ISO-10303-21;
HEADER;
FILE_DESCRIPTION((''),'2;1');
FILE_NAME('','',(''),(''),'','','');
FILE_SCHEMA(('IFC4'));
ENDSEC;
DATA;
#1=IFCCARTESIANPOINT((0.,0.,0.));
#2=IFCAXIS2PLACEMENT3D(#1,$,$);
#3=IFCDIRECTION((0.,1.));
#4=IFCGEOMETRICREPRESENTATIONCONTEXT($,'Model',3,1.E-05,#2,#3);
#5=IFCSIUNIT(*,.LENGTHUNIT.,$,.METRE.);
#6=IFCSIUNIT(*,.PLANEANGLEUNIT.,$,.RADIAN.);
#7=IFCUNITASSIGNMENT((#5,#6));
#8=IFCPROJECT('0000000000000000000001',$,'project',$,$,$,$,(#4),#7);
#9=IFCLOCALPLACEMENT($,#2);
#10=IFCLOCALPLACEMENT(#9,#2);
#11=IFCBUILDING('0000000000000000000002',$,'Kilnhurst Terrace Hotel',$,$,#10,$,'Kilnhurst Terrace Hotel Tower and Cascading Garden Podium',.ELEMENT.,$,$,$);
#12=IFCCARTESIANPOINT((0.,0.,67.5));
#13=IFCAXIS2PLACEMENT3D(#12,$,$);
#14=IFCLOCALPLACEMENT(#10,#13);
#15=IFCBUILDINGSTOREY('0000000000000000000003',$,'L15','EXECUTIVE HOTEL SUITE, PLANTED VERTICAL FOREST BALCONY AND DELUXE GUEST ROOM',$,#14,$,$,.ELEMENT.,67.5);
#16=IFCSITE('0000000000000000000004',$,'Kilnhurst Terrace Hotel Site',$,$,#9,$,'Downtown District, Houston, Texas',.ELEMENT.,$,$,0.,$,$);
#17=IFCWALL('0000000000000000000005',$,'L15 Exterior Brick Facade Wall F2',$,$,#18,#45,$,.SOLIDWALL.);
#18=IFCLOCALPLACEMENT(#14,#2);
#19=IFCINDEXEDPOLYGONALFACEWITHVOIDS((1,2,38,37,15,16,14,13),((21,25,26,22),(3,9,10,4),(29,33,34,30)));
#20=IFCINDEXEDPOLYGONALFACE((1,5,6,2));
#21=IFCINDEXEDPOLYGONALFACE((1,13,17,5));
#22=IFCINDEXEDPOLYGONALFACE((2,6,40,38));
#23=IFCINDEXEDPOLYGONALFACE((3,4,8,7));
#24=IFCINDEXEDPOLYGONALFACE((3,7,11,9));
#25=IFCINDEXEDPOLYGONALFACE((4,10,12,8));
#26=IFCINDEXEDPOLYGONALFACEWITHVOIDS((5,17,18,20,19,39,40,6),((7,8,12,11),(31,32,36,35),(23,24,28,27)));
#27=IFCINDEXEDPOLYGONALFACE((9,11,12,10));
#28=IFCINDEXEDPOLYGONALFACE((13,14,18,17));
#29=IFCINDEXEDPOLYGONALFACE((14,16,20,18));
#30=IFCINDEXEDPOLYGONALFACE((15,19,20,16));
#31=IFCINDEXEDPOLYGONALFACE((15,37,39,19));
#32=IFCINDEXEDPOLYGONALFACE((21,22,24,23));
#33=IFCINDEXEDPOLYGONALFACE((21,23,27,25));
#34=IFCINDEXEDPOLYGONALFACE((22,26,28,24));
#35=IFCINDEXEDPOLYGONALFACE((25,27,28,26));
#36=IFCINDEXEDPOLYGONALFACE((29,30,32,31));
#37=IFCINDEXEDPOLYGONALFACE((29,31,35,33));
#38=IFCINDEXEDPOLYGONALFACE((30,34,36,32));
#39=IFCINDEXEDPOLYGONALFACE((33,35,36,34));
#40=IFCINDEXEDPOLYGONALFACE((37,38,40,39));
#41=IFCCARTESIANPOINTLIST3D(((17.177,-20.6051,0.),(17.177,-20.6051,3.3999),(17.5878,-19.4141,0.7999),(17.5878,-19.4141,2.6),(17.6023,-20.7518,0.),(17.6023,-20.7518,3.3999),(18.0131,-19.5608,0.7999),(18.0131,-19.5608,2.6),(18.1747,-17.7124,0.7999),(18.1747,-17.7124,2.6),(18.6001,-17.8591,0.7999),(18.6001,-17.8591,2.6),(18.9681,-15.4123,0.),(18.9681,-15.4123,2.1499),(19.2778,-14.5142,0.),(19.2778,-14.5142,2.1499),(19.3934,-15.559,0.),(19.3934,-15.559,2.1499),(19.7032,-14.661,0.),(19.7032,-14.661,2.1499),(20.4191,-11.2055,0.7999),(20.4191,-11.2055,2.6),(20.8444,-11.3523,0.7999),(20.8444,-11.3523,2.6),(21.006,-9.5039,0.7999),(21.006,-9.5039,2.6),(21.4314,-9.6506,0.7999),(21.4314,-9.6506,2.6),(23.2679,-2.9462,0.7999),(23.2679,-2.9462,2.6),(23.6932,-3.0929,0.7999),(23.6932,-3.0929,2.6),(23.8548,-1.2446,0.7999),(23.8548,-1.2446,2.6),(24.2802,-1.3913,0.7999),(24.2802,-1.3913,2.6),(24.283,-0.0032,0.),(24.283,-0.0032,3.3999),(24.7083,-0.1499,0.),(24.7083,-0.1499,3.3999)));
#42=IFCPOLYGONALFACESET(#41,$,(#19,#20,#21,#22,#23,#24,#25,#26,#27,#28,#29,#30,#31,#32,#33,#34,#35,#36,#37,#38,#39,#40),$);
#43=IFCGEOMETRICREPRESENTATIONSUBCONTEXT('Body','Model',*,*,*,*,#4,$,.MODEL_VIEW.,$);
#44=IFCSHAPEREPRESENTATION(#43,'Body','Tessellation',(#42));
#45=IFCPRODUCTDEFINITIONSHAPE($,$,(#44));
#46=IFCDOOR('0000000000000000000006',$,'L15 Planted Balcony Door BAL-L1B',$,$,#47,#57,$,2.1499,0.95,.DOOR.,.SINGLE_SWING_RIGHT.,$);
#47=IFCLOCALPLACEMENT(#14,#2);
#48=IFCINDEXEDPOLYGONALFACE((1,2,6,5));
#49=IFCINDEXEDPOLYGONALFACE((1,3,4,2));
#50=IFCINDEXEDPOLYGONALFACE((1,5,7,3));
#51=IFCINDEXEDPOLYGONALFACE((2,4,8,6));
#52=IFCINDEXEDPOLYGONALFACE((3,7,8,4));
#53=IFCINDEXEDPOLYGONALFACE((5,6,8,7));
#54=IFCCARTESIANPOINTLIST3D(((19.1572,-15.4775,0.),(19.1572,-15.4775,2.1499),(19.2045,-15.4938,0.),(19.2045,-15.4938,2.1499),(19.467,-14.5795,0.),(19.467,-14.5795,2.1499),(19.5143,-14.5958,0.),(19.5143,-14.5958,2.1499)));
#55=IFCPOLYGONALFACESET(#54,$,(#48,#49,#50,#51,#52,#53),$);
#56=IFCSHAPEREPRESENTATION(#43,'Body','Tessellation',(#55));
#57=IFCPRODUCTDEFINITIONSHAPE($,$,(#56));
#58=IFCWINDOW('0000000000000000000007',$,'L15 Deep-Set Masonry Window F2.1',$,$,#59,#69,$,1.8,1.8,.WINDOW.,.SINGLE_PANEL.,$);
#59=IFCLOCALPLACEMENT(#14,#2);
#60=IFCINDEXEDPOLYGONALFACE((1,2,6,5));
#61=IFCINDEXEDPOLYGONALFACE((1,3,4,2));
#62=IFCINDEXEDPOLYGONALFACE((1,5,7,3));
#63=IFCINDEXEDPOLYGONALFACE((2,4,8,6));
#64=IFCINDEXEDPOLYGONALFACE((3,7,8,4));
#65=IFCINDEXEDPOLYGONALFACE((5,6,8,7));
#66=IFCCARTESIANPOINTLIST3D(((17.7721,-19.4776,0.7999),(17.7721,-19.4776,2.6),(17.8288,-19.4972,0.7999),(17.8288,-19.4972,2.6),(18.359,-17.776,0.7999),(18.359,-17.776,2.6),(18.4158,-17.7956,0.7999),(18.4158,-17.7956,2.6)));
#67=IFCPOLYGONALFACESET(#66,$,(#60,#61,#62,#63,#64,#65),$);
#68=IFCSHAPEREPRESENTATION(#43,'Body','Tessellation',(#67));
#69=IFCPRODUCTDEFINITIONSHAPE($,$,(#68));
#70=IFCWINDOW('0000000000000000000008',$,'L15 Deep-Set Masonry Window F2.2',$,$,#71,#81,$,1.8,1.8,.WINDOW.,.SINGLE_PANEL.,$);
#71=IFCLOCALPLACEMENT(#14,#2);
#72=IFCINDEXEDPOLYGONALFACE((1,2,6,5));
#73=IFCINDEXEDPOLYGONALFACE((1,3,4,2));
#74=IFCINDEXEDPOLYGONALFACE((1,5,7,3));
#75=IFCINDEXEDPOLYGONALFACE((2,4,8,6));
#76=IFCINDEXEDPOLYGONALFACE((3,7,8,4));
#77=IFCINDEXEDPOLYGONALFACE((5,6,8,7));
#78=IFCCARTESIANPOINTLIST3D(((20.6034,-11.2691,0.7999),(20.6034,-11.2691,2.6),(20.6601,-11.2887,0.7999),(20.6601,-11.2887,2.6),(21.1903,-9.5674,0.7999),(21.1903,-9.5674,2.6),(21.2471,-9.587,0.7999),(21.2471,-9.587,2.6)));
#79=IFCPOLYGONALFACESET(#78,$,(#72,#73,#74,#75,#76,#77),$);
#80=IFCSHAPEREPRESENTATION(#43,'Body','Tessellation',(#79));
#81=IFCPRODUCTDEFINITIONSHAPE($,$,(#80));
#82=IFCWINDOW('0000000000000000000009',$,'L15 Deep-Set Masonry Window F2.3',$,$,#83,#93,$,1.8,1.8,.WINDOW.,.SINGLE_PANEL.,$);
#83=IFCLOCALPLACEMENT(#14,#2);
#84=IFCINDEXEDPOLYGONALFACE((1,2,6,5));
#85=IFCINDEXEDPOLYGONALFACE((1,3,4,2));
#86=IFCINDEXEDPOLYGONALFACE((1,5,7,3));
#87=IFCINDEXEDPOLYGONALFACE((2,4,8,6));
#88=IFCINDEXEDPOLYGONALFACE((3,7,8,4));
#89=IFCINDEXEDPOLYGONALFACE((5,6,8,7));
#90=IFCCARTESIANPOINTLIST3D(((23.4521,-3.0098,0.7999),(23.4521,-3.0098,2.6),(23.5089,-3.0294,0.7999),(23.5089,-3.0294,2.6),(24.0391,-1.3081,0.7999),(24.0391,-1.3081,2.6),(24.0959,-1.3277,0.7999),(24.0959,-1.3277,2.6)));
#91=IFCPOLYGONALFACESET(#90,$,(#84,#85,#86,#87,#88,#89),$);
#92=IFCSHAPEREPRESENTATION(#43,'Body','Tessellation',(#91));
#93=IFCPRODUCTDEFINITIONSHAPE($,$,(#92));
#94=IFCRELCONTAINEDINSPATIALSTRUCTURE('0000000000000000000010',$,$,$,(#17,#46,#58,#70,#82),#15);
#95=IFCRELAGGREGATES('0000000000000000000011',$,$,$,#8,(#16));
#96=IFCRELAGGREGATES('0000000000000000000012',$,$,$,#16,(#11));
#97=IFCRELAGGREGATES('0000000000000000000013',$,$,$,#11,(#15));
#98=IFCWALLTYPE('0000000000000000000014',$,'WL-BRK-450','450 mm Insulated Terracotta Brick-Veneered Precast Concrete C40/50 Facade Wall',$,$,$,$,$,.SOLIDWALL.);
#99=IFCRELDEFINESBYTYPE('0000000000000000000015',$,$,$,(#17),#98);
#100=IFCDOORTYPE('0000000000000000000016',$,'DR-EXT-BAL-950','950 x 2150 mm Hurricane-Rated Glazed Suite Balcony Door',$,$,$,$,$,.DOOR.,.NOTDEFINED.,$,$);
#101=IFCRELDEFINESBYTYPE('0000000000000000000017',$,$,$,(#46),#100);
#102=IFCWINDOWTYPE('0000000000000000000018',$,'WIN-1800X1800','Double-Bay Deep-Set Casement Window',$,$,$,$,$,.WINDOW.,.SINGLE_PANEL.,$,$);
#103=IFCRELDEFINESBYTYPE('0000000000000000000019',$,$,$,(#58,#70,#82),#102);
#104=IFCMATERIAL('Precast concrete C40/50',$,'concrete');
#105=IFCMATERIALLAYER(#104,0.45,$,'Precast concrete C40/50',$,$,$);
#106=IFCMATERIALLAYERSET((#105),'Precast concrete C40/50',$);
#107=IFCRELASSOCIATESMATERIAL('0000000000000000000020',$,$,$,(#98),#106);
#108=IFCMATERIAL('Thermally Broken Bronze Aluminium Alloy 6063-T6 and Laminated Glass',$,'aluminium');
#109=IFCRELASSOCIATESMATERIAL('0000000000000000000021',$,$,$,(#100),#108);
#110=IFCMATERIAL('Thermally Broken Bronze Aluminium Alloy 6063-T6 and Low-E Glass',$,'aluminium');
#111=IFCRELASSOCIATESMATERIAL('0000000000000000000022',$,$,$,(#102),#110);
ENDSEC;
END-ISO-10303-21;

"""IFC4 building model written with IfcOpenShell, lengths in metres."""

from ifc_helpers import new_model, si_unit, direction, frame, frame_2d, origin, place, context, subcontext, project, spatial, rectangle, extrude, material, layer, layer_set, type_object, element, fill, save


model = new_model("IFC4")

# Units and contexts
model_context = context("Model", 3, precision=1e-05, world=origin(), true_north=direction((0.0, 1.0)))
body_context = subcontext(model_context, "Body", "Model", "MODEL_VIEW")
ifc_project = project(units=[si_unit("LENGTHUNIT", "METRE"), si_unit("PLANEANGLEUNIT", "RADIAN")], contexts=[model_context])

# Site, building, storey
site_placement = place(None, origin())
site = spatial("IfcSite", under=ifc_project, at=site_placement, Name="Kilnhurst Terrace Hotel Site", LongName="Downtown District, Houston, Texas", CompositionType="ELEMENT", RefElevation=0.0)
building_placement = place(site_placement, origin())
building = spatial("IfcBuilding", under=site, at=building_placement, Name="Kilnhurst Terrace Hotel", LongName="Kilnhurst Terrace Hotel Tower and Cascading Garden Podium", CompositionType="ELEMENT")
storey_placement = place(building_placement, frame((0.0, 0.0, 67.5)))
storey = spatial("IfcBuildingStorey", under=building, at=storey_placement, Name="L15", Description="EXECUTIVE HOTEL SUITE, PLANTED VERTICAL FOREST BALCONY AND DELUXE GUEST ROOM", CompositionType="ELEMENT", Elevation=67.5)

# Shared definitions
ifc_material_1 = material(Name="Precast concrete C40/50", Category="concrete")
ifc_layer_1 = layer(ifc_material_1, 0.45, Name="Precast concrete C40/50")
ifc_layer_set_1 = layer_set([ifc_layer_1], Name="Precast concrete C40/50")
wall_type_1 = type_object("IfcWallType", Name="WL-BRK-450", Description="450 mm Insulated Terracotta Brick-Veneered Precast Concrete C40/50 Facade Wall", PredefinedType="SOLIDWALL", material=ifc_layer_set_1)

# Wall, openings, door, windows
wall_1_placement = place(storey_placement, frame((17.3896, -20.6785, 0.0), z_axis=(0.0, 0.0, 1.0), x_axis=(0.326068, 0.945346, 0.0)))
wall_1 = element("IfcWall", 1, at=wall_1_placement, inside=storey, type_object=wall_type_1, Name="L15 Exterior Brick Facade Wall F2", PredefinedType="SOLIDWALL", context=body_context, shape_type="SweptSolid", body=[
    extrude(rectangle(XDim=21.793, YDim=0.45, at=frame_2d((10.8965, 0.0))), origin(), (0.0, 0.0, 1.0), 3.3999),
])
opening_1_placement = place(wall_1_placement, frame((5.4929, 0.0, 0.0)))
opening_1 = element("IfcOpeningElement", 2, at=opening_1_placement, cuts=wall_1, PredefinedType="OPENING", context=body_context, shape_type="SweptSolid", body=[
    extrude(rectangle(XDim=0.95, YDim=2.1499, at=frame_2d((0.4751, 1.075))), frame((0.0, 0.2349, 0.0), z_axis=(0.0, -1.0, 0.0), x_axis=(1.0, 0.0, 0.0)), (0.0, 0.0, 1.0), 0.47),
])
opening_2_placement = place(wall_1_placement, frame((1.26, 0.0, 0.8)))
opening_2 = element("IfcOpeningElement", 3, at=opening_2_placement, cuts=wall_1, PredefinedType="OPENING", context=body_context, shape_type="SweptSolid", body=[
    extrude(rectangle(XDim=1.8, YDim=1.8, at=frame_2d((0.8999, 0.8999))), frame((0.0, 0.2349, 0.0), z_axis=(0.0, -1.0, 0.0), x_axis=(1.0, 0.0, 0.0)), (0.0, 0.0, 1.0), 0.47),
])
opening_3_placement = place(wall_1_placement, frame((9.9431, 0.0, 0.8)))
opening_3 = element("IfcOpeningElement", 4, at=opening_3_placement, cuts=wall_1, PredefinedType="OPENING", context=body_context, shape_type="SweptSolid", body=[
    extrude(rectangle(XDim=1.8, YDim=1.8, at=frame_2d((0.8999, 0.8999))), frame((0.0, 0.2349, 0.0), z_axis=(0.0, -1.0, 0.0), x_axis=(1.0, 0.0, 0.0)), (0.0, 0.0, 1.0), 0.47),
])
opening_4_placement = place(wall_1_placement, frame((18.6799, 0.0, 0.8)))
opening_4 = element("IfcOpeningElement", 5, at=opening_4_placement, cuts=wall_1, PredefinedType="OPENING", context=body_context, shape_type="SweptSolid", body=[
    extrude(rectangle(XDim=1.8, YDim=1.8, at=frame_2d((0.8999, 0.8999))), frame((0.0, 0.2349, 0.0), z_axis=(0.0, -1.0, 0.0), x_axis=(1.0, 0.0, 0.0)), (0.0, 0.0, 1.0), 0.47),
])
ifc_material_2 = material(Name="Thermally Broken Bronze Aluminium Alloy 6063-T6 and Laminated Glass", Category="aluminium")
door_type_1 = type_object("IfcDoorType", Name="DR-EXT-BAL-950", Description="950 x 2150 mm Hurricane-Rated Glazed Suite Balcony Door", OperationType="NOTDEFINED", PredefinedType="DOOR", material=ifc_material_2)
door_1_placement = place(opening_1_placement, origin())
door_1 = element("IfcDoor", 6, at=door_1_placement, inside=storey, type_object=door_type_1, Name="L15 Planted Balcony Door BAL-L1B", OperationType="SINGLE_SWING_RIGHT", OverallHeight=2.1499, OverallWidth=0.95, PredefinedType="DOOR", context=body_context, shape_type="SweptSolid", body=[
    extrude(rectangle(XDim=0.95, YDim=2.1499, at=frame_2d((0.4751, 1.075))), frame((0.0, 0.0249, 0.0), z_axis=(0.0, -1.0, 0.0), x_axis=(1.0, 0.0, 0.0)), (0.0, 0.0, 1.0), 0.05),
])
fill(opening_1, door_1)
ifc_material_3 = material(Name="Thermally Broken Bronze Aluminium Alloy 6063-T6 and Low-E Glass", Category="aluminium")
window_type = type_object("IfcWindowType", Name="WIN-1800X1800", Description="Double-Bay Deep-Set Casement Window", PartitioningType="SINGLE_PANEL", PredefinedType="WINDOW", material=ifc_material_3)
window_1_placement = place(opening_2_placement, origin())
window_1 = element("IfcWindow", 7, at=window_1_placement, inside=storey, type_object=window_type, Name="L15 Deep-Set Masonry Window F2.1", OverallHeight=1.8, OverallWidth=1.8, PartitioningType="SINGLE_PANEL", PredefinedType="WINDOW", context=body_context, shape_type="SweptSolid", body=[
    extrude(rectangle(XDim=1.8, YDim=1.8, at=frame_2d((0.8999, 0.8999))), frame((0.0, 0.03, 0.0), z_axis=(0.0, -1.0, 0.0), x_axis=(1.0, 0.0, 0.0)), (0.0, 0.0, 1.0), 0.0601),
])
fill(opening_2, window_1)
window_2_placement = place(opening_3_placement, origin())
window_2 = element("IfcWindow", 8, at=window_2_placement, inside=storey, type_object=window_type, Name="L15 Deep-Set Masonry Window F2.2", OverallHeight=1.8, OverallWidth=1.8, PartitioningType="SINGLE_PANEL", PredefinedType="WINDOW", context=body_context, shape_type="SweptSolid", body=[
    extrude(rectangle(XDim=1.8, YDim=1.8, at=frame_2d((0.8999, 0.8999))), frame((0.0, 0.03, 0.0), z_axis=(0.0, -1.0, 0.0), x_axis=(1.0, 0.0, 0.0)), (0.0, 0.0, 1.0), 0.0601),
])
fill(opening_3, window_2)
window_3_placement = place(opening_4_placement, origin())
window_3 = element("IfcWindow", 9, at=window_3_placement, inside=storey, type_object=window_type, Name="L15 Deep-Set Masonry Window F2.3", OverallHeight=1.8, OverallWidth=1.8, PartitioningType="SINGLE_PANEL", PredefinedType="WINDOW", context=body_context, shape_type="SweptSolid", body=[
    extrude(rectangle(XDim=1.8, YDim=1.8, at=frame_2d((0.8999, 0.8999))), frame((0.0, 0.03, 0.0), z_axis=(0.0, -1.0, 0.0), x_axis=(1.0, 0.0, 0.0)), (0.0, 0.0, 1.0), 0.0601),
])
fill(opening_4, window_3)

save(model, "model.ifc")
